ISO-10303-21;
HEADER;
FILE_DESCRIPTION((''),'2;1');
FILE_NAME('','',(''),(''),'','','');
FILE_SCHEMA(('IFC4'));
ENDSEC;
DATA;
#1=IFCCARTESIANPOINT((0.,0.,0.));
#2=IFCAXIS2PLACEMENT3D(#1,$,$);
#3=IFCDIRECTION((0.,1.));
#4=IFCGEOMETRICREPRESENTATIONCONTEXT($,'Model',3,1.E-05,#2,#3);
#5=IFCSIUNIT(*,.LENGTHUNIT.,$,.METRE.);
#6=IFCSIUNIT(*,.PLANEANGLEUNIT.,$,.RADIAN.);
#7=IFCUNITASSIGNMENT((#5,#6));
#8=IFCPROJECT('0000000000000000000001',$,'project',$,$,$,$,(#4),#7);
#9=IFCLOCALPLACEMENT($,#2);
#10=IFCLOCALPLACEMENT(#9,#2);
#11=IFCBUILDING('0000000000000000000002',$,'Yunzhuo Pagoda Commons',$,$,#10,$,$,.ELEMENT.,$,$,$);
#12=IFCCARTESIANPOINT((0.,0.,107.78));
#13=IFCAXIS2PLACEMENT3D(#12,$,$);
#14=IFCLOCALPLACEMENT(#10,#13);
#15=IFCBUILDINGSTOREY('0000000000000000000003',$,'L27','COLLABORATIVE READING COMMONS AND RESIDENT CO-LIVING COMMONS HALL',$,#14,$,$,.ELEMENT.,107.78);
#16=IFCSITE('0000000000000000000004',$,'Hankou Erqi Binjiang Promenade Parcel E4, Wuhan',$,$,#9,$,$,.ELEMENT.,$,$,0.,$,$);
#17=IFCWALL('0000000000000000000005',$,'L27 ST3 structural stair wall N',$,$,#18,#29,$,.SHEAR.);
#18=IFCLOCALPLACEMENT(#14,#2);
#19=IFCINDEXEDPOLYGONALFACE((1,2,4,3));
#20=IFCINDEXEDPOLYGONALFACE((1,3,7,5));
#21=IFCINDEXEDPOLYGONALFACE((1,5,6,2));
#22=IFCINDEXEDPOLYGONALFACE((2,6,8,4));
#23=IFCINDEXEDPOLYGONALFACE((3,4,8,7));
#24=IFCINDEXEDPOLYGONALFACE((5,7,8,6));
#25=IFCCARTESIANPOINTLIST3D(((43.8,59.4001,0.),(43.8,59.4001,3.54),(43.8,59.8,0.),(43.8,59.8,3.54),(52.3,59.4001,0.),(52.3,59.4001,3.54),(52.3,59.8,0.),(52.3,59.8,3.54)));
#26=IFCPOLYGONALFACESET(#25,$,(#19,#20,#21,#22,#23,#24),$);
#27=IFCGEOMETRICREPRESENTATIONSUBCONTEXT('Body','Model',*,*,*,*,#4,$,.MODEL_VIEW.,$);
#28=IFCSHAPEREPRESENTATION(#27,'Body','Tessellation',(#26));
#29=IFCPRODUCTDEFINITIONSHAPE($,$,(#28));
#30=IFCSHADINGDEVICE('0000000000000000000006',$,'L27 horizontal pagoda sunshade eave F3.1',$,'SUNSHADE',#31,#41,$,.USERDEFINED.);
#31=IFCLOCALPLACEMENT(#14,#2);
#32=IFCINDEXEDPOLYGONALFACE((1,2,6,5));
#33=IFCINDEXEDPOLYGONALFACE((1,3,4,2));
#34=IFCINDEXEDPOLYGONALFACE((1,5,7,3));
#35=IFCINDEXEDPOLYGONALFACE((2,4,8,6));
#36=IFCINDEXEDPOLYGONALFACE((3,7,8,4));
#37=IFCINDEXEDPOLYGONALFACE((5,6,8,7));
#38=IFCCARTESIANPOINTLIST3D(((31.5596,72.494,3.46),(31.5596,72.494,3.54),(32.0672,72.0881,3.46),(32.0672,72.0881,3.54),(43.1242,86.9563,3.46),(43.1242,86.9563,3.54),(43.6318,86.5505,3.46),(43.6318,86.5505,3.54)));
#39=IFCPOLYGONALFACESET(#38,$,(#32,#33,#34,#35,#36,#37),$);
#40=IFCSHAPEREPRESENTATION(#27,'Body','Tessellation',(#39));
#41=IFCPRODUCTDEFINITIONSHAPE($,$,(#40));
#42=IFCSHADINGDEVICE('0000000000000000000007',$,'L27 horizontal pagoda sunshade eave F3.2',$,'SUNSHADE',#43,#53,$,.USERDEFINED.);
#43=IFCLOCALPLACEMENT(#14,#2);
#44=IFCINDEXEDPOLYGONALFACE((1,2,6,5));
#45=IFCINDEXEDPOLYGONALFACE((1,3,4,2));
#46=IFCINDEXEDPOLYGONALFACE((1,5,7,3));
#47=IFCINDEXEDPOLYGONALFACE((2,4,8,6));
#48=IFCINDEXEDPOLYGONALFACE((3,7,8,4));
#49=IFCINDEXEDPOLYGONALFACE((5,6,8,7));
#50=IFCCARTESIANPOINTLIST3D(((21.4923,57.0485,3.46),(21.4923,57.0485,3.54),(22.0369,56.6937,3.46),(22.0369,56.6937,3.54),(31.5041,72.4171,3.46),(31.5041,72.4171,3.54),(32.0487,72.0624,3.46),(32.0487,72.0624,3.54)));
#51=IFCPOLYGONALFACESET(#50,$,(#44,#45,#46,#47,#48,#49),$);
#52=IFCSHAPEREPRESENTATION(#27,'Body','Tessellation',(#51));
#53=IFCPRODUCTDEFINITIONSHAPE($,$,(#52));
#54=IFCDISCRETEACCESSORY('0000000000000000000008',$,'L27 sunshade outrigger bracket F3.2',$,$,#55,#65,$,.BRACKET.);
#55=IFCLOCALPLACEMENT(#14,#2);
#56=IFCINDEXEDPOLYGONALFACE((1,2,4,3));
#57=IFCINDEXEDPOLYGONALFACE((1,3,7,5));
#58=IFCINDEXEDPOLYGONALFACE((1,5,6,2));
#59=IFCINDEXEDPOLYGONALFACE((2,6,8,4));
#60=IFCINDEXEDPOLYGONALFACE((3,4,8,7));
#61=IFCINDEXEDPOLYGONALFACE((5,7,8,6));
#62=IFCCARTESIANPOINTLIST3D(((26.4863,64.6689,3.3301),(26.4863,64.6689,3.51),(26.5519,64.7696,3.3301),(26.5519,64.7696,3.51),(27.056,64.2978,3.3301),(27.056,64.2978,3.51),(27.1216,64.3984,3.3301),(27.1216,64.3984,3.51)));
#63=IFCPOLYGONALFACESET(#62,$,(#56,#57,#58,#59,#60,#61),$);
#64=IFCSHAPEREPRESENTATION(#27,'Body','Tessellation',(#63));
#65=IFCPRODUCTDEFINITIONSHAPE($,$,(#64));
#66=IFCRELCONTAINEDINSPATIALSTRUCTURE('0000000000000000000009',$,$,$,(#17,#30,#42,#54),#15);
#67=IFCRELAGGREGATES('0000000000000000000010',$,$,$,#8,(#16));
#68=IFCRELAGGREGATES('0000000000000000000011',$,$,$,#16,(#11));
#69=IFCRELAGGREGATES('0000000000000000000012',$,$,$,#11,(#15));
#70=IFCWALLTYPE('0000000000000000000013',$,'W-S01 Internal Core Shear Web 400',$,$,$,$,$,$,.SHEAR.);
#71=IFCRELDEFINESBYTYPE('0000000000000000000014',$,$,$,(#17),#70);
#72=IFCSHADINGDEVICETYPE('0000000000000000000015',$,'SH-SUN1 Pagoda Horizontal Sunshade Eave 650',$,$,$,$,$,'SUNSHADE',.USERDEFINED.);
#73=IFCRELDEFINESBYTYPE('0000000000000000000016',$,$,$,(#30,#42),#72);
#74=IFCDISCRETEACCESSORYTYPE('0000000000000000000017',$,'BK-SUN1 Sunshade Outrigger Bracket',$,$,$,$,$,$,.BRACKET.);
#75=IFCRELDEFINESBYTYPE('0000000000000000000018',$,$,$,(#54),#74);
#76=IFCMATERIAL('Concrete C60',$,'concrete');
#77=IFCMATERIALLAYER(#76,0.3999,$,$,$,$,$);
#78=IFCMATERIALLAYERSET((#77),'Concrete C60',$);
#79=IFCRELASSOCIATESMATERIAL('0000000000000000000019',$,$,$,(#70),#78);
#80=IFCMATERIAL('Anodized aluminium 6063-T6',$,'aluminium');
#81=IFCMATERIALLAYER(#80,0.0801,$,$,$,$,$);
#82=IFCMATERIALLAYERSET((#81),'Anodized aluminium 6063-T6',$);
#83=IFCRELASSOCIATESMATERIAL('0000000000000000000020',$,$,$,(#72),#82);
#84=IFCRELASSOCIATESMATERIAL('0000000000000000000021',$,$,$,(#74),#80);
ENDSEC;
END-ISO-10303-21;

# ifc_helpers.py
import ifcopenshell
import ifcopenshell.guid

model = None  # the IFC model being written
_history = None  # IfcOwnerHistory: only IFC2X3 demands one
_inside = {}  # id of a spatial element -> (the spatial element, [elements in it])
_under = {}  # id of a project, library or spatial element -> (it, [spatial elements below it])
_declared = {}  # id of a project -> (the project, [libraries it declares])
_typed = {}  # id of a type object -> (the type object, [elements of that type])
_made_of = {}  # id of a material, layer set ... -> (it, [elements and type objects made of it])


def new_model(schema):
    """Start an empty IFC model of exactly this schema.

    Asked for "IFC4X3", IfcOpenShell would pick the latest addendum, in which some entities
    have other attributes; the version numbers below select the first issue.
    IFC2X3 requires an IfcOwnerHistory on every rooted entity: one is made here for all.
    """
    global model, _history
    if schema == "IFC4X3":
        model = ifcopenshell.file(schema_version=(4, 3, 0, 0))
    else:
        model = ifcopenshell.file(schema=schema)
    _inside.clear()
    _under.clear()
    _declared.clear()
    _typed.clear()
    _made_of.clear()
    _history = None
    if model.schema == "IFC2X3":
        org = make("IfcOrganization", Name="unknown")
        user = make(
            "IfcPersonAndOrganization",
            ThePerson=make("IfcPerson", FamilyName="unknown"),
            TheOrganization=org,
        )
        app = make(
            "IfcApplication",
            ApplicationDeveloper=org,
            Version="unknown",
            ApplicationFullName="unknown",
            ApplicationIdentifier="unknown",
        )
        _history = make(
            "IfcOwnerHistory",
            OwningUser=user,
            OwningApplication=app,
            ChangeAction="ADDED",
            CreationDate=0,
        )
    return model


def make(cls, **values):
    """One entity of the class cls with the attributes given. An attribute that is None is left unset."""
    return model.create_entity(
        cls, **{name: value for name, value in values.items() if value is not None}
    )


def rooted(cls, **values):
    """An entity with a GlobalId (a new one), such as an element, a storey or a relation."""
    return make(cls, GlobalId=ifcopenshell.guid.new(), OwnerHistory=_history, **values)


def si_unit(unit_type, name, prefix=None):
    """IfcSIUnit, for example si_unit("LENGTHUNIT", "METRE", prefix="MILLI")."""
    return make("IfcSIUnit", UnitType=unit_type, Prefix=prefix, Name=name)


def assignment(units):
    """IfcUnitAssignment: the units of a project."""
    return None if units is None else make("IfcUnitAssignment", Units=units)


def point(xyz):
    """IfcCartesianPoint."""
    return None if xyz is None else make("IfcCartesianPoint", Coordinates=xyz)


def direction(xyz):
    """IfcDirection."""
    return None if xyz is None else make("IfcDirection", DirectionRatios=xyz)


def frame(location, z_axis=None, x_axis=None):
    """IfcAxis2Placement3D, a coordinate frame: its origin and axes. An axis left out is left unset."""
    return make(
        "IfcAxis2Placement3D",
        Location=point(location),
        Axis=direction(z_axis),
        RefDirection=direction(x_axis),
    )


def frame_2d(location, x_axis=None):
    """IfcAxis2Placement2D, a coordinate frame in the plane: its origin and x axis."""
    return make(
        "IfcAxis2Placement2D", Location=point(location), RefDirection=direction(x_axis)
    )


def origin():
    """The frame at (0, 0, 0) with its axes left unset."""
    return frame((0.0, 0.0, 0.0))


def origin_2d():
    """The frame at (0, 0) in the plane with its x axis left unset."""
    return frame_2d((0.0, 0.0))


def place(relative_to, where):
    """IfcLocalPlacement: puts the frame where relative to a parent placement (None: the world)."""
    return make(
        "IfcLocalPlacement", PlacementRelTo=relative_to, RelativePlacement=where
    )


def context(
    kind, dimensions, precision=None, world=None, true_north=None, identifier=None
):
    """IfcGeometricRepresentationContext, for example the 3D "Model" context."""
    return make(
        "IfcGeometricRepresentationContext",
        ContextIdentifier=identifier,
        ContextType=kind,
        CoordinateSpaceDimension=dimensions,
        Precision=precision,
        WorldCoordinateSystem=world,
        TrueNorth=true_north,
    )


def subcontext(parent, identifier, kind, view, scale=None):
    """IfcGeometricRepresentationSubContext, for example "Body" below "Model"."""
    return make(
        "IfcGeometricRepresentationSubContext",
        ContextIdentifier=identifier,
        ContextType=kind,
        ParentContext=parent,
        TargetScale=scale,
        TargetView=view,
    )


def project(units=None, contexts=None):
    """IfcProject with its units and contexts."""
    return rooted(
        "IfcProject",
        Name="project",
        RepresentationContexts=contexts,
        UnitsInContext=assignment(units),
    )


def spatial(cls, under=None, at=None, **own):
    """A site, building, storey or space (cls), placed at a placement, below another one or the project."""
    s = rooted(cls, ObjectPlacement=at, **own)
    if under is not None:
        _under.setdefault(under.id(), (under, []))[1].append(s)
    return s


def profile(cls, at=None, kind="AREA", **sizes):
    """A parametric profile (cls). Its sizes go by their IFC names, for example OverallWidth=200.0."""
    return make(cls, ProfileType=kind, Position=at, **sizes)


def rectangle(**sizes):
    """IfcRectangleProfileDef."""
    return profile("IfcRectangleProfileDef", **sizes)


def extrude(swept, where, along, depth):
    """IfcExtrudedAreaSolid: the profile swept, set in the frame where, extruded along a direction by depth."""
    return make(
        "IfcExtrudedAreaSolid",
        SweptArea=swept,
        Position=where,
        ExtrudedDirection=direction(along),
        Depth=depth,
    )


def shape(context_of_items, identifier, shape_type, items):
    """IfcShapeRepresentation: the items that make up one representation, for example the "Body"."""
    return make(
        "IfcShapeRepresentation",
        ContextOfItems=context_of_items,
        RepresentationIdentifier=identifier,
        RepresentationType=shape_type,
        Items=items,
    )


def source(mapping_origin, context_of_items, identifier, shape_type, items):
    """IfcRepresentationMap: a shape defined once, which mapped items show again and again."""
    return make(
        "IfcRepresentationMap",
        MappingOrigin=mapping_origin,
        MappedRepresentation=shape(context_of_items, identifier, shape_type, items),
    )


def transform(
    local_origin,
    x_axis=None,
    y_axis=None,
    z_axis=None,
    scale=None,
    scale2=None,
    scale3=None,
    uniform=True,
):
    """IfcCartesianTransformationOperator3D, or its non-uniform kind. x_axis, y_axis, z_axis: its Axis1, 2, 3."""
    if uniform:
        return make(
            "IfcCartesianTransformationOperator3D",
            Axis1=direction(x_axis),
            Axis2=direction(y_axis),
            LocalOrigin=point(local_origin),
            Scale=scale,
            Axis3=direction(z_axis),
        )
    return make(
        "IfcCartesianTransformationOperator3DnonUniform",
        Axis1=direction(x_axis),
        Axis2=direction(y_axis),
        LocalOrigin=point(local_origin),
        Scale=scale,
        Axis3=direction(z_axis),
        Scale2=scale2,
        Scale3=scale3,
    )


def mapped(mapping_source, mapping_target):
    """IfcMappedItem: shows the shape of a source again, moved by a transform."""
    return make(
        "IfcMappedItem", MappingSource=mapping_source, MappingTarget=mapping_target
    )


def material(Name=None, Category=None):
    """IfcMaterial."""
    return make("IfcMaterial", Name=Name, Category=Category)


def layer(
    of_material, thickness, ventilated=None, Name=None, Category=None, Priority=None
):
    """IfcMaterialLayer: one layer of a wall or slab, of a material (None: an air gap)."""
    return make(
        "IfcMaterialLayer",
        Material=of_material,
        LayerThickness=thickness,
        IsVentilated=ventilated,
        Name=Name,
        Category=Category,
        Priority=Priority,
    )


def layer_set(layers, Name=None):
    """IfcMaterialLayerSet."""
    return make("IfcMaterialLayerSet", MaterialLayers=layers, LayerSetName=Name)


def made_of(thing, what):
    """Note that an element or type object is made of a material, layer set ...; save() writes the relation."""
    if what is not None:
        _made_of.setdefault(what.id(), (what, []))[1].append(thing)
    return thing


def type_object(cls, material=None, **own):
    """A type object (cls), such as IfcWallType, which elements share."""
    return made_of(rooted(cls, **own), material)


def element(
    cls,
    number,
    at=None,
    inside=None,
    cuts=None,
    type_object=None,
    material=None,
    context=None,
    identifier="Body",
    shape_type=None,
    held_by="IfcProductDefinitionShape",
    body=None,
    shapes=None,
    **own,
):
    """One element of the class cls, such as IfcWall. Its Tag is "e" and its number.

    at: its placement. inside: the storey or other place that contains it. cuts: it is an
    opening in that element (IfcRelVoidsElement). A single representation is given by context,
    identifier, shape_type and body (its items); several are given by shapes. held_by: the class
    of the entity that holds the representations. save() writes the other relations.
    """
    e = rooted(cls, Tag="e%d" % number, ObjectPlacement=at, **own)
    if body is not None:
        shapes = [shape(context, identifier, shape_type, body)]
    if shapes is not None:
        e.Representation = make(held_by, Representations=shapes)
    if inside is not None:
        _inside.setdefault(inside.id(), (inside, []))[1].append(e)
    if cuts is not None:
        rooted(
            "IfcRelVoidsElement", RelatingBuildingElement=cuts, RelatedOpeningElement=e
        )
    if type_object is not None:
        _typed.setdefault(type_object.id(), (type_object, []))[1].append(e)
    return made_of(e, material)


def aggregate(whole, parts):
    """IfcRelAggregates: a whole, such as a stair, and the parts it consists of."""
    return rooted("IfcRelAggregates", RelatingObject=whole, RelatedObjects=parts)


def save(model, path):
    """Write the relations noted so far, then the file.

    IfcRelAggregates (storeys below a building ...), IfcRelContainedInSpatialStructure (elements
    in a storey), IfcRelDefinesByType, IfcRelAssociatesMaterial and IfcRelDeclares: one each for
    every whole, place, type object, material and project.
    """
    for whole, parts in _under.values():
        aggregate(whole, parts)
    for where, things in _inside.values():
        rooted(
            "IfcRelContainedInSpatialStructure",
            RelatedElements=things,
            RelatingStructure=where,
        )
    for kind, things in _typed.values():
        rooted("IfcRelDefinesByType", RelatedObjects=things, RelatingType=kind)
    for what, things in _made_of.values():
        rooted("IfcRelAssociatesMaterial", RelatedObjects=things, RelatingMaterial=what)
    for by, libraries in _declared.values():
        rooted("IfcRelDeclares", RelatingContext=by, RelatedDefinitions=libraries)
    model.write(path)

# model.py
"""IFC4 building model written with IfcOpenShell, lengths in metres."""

from ifc_helpers import new_model, si_unit, direction, frame, frame_2d, origin, origin_2d, place, context, subcontext, project, spatial, rectangle, extrude, source, transform, mapped, material, layer, layer_set, type_object, element, save


model = new_model("IFC4")

# Units and contexts
model_context = context("Model", 3, precision=1e-05, world=origin(), true_north=direction((0.0, 1.0)))
body_context = subcontext(model_context, "Body", "Model", "MODEL_VIEW")
ifc_project = project(units=[si_unit("LENGTHUNIT", "METRE"), si_unit("PLANEANGLEUNIT", "RADIAN")], contexts=[model_context])

# Site, building, storey
site_placement = place(None, origin())
site = spatial("IfcSite", under=ifc_project, at=site_placement, Name="Hankou Erqi Binjiang Promenade Parcel E4, Wuhan", CompositionType="ELEMENT", RefElevation=0.0)
building_placement = place(site_placement, origin())
building = spatial("IfcBuilding", under=site, at=building_placement, Name="Yunzhuo Pagoda Commons", CompositionType="ELEMENT")
storey_placement = place(building_placement, frame((0.0, 0.0, 107.78)))
storey = spatial("IfcBuildingStorey", under=building, at=storey_placement, Name="L27", Description="COLLABORATIVE READING COMMONS AND RESIDENT CO-LIVING COMMONS HALL", CompositionType="ELEMENT", Elevation=107.78)

# Shared definitions
ifc_material_1 = material(Name="Anodized aluminium 6063-T6", Category="aluminium")

# Wall
ifc_material_2 = material(Name="Concrete C60", Category="concrete")
ifc_layer_1 = layer(ifc_material_2, 0.3999)
ifc_layer_set_1 = layer_set([ifc_layer_1], Name="Concrete C60")
wall_type = type_object("IfcWallType", Name="W-S01 Internal Core Shear Web 400", PredefinedType="SHEAR", material=ifc_layer_set_1)
wall_placement = place(storey_placement, frame((43.8, 59.6001, 0.0), z_axis=(0.0, 0.0, 1.0), x_axis=(1.0, 0.0, 0.0)))
element("IfcWall", 1, at=wall_placement, inside=storey, type_object=wall_type, Name="L27 ST3 structural stair wall N", PredefinedType="SHEAR", context=body_context, shape_type="SweptSolid", body=[
    extrude(rectangle(XDim=8.5, YDim=0.3999, at=frame_2d((4.25, 0.0))), origin(), (0.0, 0.0, 1.0), 3.54),
])

# Shading devices
ifc_layer_2 = layer(ifc_material_1, 0.0801)
ifc_layer_set_2 = layer_set([ifc_layer_2], Name="Anodized aluminium 6063-T6")
shading_device_type = type_object("IfcShadingDeviceType", Name="SH-SUN1 Pagoda Horizontal Sunshade Eave 650", ElementType="SUNSHADE", PredefinedType="USERDEFINED", material=ifc_layer_set_2)
shared_shape_1 = source(origin(), body_context, "Body", "SweptSolid", [
    extrude(rectangle(XDim=18.5176, YDim=0.6499, at=origin_2d()), origin(), (0.0, 0.0, 1.0), 0.0801),
])
shading_device_1_placement = place(storey_placement, frame((37.5957, 79.5222, 3.46), z_axis=(0.0, 0.0, 1.0), x_axis=(-0.62452, -0.781008, 0.0)))
element("IfcShadingDevice", 2, at=shading_device_1_placement, inside=storey, type_object=shading_device_type, Name="L27 horizontal pagoda sunshade eave F3.1", ObjectType="SUNSHADE", PredefinedType="USERDEFINED", context=body_context, shape_type="MappedRepresentation", body=[
    mapped(shared_shape_1, transform((0.0, 0.0, 0.0), scale=1.0)),
])
shared_shape_2 = source(origin(), body_context, "Body", "SweptSolid", [
    extrude(rectangle(XDim=18.342, YDim=0.6499, at=origin_2d()), origin(), (0.0, 0.0, 1.0), 0.0801),
])
shading_device_2_placement = place(storey_placement, frame((26.7705, 64.5554, 3.46), z_axis=(0.0, 0.0, 1.0), x_axis=(-0.545839, -0.83789, 0.0)))
element("IfcShadingDevice", 3, at=shading_device_2_placement, inside=storey, type_object=shading_device_type, Name="L27 horizontal pagoda sunshade eave F3.2", ObjectType="SUNSHADE", PredefinedType="USERDEFINED", context=body_context, shape_type="MappedRepresentation", body=[
    mapped(shared_shape_2, transform((0.0, 0.0, 0.0), scale=1.0)),
])

# Discrete accessory
discrete_accessory_type = type_object("IfcDiscreteAccessoryType", Name="BK-SUN1 Sunshade Outrigger Bracket", PredefinedType="BRACKET", material=ifc_material_1)
shared_shape_3 = source(origin(), body_context, "Body", "SweptSolid", [
    extrude(rectangle(XDim=0.1201, YDim=0.6799, at=origin_2d()), origin(), (0.0, 0.0, 1.0), 0.1799),
])
discrete_accessory_placement = place(storey_placement, frame((26.804, 64.5337, 3.3301), z_axis=(0.0, 0.0, 1.0), x_axis=(-0.545839, -0.83789, 0.0)))
element("IfcDiscreteAccessory", 4, at=discrete_accessory_placement, inside=storey, type_object=discrete_accessory_type, Name="L27 sunshade outrigger bracket F3.2", PredefinedType="BRACKET", context=body_context, shape_type="MappedRepresentation", body=[
    mapped(shared_shape_3, transform((0.0, 0.0, 0.0), scale=1.0)),
])

save(model, "model.ifc")
